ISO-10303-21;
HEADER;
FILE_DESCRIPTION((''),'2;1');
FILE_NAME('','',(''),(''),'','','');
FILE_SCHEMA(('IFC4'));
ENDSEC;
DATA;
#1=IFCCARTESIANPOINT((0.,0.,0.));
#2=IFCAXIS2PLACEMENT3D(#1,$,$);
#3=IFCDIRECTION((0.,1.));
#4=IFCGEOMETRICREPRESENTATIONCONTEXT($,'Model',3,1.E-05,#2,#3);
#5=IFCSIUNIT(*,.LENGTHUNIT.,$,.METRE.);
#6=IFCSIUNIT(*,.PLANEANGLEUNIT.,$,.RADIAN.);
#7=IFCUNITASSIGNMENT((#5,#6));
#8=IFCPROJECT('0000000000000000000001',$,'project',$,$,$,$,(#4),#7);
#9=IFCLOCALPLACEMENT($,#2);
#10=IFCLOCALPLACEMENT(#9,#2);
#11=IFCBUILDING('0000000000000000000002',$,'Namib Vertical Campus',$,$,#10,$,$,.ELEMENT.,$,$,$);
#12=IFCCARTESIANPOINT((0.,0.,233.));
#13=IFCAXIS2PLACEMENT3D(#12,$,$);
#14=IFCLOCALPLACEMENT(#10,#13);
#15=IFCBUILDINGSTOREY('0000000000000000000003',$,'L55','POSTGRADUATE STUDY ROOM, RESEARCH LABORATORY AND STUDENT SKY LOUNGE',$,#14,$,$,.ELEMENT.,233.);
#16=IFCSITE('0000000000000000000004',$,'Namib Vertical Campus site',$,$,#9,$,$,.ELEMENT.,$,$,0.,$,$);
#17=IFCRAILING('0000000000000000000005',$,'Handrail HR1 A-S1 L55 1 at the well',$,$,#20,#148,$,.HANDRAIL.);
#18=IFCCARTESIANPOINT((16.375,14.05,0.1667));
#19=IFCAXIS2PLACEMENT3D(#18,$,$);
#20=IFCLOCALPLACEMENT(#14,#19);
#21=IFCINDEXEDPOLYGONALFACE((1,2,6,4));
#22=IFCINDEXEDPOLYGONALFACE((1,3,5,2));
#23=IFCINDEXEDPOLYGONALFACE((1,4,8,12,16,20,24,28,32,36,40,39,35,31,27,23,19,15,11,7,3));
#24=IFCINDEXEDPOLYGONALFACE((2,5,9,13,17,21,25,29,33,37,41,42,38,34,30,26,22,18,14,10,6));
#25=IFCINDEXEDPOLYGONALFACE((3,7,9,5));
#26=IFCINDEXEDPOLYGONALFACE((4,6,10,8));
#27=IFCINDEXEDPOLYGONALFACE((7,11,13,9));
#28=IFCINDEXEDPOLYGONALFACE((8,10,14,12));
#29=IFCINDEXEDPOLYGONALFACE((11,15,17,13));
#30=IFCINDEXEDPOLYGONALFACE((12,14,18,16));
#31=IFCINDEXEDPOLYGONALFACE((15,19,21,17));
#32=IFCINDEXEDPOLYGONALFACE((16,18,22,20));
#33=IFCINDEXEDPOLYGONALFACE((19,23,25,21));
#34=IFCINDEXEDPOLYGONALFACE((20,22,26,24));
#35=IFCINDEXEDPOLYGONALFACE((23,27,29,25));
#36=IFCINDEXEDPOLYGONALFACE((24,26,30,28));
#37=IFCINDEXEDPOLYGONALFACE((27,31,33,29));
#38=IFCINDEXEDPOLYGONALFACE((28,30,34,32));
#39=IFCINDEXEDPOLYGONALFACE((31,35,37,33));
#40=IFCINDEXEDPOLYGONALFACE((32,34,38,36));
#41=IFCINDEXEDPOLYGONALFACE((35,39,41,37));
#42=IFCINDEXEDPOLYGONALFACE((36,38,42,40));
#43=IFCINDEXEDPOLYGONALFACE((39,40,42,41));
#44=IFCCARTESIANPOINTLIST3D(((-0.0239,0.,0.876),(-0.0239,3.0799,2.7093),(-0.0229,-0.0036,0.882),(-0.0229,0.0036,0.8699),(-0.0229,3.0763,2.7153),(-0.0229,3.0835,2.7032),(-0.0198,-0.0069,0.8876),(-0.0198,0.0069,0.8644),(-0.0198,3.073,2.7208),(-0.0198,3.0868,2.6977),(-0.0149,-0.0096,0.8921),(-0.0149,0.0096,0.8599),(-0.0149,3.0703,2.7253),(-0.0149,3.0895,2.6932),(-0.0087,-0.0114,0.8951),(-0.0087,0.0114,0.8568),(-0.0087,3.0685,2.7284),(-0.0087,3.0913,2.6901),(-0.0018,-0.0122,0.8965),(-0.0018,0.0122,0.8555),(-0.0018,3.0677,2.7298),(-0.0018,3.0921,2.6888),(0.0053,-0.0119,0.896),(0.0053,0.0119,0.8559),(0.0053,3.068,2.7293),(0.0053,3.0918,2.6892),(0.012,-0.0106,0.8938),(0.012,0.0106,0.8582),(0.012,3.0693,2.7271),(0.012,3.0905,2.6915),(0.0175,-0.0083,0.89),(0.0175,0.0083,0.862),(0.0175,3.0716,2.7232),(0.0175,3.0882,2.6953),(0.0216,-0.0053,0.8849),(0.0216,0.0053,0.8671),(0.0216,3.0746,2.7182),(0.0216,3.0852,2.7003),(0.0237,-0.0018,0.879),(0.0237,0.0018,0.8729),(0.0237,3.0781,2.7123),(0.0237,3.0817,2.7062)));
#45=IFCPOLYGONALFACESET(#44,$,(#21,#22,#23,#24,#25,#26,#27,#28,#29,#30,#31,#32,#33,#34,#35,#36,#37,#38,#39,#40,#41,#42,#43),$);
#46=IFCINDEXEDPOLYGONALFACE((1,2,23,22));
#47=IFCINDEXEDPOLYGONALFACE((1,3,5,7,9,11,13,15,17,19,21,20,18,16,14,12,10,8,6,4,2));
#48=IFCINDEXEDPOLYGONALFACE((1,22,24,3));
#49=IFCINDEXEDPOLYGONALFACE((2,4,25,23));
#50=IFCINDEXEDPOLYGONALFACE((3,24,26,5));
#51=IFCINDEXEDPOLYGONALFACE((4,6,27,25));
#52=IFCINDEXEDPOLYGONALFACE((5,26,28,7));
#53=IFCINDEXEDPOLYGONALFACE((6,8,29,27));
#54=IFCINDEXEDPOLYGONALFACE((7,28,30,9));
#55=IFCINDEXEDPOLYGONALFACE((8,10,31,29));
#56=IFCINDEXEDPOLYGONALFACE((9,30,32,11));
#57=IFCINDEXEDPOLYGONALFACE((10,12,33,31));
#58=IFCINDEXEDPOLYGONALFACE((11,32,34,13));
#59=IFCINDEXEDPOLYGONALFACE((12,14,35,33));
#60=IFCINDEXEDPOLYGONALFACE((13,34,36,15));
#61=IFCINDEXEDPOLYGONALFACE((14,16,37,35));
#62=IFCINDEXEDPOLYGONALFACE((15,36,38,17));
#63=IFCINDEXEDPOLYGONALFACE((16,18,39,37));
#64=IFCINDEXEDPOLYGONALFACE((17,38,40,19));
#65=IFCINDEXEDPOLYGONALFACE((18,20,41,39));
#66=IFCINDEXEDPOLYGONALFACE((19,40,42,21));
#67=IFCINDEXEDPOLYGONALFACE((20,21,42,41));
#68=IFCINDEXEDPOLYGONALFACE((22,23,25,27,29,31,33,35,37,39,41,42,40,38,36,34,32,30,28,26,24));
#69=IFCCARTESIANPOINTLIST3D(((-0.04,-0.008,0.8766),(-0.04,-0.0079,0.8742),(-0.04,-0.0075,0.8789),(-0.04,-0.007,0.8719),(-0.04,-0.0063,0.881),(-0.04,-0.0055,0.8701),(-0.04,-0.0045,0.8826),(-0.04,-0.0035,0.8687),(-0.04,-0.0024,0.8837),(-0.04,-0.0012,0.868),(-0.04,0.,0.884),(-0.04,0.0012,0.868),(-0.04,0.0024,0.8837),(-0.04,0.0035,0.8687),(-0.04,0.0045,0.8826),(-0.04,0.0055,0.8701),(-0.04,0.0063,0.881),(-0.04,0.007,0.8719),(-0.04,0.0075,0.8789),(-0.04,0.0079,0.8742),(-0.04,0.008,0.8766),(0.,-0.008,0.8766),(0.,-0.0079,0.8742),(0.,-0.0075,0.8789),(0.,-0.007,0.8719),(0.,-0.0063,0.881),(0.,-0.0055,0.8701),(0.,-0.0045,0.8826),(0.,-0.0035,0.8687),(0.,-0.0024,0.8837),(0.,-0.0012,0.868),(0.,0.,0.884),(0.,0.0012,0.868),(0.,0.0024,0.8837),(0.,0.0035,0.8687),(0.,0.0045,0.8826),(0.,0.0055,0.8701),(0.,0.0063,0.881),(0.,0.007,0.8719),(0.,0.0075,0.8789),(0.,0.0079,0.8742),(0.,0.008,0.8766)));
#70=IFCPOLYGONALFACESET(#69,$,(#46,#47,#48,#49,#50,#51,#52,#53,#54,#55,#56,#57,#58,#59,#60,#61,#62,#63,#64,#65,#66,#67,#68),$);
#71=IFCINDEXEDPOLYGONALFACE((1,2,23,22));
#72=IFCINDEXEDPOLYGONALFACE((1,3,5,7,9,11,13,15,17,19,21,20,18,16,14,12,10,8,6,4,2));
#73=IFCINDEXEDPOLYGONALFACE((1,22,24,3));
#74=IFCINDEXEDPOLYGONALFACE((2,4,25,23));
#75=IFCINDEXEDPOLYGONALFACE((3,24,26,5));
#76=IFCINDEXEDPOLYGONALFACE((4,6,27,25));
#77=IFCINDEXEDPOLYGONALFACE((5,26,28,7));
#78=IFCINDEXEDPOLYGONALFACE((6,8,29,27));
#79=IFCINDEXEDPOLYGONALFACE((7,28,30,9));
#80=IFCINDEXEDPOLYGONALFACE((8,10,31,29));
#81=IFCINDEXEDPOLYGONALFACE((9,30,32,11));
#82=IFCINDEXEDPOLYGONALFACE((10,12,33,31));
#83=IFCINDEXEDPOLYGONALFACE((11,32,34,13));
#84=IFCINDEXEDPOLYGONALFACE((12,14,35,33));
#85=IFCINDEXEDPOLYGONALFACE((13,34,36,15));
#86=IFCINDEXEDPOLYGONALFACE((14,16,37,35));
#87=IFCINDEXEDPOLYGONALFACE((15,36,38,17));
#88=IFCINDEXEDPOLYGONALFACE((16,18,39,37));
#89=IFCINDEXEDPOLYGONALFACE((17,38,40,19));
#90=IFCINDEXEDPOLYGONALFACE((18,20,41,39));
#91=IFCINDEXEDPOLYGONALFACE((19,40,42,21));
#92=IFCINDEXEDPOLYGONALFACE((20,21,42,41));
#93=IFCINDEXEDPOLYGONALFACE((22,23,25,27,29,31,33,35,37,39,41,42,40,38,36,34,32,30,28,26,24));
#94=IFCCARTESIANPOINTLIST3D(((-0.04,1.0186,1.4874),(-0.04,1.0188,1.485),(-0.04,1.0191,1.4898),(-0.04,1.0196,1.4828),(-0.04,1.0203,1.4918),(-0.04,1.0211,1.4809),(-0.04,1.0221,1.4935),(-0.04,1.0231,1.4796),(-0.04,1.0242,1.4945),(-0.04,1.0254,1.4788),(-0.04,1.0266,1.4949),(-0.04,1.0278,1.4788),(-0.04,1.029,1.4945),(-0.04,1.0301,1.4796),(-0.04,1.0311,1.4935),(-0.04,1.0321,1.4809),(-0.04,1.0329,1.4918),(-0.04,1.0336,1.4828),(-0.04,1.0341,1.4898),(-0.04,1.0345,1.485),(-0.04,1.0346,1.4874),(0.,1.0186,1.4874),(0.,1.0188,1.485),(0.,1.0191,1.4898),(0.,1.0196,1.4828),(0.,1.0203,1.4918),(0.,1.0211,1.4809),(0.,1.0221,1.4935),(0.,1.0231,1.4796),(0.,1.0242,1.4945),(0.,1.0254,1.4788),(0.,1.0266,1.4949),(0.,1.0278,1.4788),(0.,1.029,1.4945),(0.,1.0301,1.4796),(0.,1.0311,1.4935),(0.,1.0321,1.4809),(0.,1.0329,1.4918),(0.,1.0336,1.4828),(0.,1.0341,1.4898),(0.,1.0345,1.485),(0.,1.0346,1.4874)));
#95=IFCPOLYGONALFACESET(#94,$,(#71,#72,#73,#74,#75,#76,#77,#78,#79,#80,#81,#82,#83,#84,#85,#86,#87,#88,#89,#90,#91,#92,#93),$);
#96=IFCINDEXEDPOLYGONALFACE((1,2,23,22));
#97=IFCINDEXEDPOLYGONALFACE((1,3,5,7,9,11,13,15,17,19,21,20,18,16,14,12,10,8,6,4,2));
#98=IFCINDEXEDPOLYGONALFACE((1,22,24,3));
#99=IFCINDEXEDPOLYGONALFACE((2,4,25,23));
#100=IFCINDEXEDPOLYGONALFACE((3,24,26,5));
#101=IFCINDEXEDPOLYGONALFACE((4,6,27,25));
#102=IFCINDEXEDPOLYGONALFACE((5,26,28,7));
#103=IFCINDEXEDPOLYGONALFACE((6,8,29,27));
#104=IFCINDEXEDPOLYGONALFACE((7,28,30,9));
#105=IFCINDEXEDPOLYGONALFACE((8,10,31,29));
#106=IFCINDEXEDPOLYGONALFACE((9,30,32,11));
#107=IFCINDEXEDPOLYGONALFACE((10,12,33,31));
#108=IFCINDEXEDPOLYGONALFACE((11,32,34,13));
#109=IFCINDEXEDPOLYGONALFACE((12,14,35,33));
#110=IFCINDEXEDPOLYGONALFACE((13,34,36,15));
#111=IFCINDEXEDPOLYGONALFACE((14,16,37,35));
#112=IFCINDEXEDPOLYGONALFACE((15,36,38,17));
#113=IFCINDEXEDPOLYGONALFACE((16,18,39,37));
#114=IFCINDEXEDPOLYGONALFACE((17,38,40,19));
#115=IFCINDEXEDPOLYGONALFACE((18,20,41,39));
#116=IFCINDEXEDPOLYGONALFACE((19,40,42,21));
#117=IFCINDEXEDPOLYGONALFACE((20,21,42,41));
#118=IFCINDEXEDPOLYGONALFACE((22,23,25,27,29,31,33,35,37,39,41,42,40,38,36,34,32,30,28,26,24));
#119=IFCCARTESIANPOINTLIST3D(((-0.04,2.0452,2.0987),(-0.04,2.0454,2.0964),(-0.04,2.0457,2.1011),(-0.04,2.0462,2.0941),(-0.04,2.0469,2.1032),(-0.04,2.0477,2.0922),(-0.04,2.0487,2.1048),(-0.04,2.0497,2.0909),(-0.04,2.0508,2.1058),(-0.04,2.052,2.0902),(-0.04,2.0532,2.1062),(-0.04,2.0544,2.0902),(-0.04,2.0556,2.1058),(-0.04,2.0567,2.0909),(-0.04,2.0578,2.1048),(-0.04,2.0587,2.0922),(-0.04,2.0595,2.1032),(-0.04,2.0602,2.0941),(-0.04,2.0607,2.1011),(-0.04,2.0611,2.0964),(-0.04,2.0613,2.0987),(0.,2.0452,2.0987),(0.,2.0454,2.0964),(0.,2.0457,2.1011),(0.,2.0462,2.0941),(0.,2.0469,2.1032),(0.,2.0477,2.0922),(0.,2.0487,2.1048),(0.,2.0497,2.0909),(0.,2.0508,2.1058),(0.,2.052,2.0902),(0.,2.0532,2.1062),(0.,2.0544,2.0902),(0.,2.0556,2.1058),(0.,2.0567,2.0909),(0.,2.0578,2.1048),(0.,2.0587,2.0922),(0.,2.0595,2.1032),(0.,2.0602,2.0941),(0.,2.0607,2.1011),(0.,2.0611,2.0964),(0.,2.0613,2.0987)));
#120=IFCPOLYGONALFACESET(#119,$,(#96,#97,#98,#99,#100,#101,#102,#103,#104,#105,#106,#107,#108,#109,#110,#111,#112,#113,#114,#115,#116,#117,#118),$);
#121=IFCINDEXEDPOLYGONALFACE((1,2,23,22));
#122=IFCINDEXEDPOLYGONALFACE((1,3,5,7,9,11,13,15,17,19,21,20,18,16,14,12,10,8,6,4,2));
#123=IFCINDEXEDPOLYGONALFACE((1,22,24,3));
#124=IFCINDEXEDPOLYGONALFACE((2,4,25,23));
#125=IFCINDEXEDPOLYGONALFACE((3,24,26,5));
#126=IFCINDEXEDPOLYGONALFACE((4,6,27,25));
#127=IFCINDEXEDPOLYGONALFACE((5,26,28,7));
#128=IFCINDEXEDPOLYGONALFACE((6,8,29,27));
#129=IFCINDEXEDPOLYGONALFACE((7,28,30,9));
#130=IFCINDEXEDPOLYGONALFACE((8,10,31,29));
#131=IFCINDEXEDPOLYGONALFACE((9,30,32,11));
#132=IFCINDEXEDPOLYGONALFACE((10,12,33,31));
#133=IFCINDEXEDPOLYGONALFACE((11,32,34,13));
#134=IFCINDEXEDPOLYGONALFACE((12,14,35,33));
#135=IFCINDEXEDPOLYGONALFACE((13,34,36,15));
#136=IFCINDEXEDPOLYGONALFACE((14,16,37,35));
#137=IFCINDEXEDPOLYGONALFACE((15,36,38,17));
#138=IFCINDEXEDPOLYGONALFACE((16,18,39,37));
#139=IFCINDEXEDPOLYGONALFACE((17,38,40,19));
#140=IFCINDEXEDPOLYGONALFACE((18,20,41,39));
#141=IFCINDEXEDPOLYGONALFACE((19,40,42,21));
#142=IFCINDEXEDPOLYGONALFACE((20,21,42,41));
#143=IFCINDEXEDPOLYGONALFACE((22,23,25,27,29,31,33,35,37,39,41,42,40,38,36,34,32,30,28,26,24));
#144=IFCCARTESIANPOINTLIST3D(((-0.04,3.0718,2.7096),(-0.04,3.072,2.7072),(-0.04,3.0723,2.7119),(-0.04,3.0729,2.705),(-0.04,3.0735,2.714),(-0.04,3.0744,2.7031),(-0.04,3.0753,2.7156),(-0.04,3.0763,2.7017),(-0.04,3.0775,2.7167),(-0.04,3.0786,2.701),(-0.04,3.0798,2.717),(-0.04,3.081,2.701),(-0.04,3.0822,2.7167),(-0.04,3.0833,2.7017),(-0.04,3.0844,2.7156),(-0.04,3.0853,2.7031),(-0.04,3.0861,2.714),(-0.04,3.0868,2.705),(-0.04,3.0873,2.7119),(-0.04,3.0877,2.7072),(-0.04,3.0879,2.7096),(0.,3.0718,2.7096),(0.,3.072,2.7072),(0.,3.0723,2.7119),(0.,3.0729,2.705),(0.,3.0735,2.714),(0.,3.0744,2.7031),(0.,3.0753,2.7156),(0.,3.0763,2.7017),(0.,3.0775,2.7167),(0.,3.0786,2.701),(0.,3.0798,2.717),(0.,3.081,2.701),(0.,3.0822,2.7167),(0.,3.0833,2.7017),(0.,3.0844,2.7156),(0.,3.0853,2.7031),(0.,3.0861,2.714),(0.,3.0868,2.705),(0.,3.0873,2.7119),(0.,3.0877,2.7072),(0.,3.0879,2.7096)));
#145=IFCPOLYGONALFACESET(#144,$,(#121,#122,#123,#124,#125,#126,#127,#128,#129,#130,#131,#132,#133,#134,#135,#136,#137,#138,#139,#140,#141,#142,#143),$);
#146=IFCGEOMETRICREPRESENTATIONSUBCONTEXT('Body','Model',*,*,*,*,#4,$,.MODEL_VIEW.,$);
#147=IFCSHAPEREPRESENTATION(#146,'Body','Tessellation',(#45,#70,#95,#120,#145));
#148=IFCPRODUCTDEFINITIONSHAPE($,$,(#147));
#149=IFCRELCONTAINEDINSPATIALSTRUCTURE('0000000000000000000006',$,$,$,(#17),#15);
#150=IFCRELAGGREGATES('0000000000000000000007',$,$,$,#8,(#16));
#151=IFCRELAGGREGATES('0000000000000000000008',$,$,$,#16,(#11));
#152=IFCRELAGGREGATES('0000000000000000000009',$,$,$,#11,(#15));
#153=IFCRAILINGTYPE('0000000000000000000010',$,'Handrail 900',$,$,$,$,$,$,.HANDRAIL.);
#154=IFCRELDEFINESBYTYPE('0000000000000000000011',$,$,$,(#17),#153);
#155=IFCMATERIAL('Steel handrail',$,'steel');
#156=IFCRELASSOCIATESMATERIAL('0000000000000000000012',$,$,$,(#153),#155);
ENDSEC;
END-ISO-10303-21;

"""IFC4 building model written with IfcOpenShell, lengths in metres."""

from ifc_helpers import new_model, si_unit, direction, frame, origin, origin_2d, place, context, subcontext, project, spatial, circle, extrude, material, type_object, element, save


model = new_model("IFC4")

# Units and contexts
model_context = context("Model", 3, precision=1e-05, world=origin(), true_north=direction((0.0, 1.0)))
body_context = subcontext(model_context, "Body", "Model", "MODEL_VIEW")
ifc_project = project(units=[si_unit("LENGTHUNIT", "METRE"), si_unit("PLANEANGLEUNIT", "RADIAN")], contexts=[model_context])

# Site, building, storey
site_placement = place(None, origin())
site = spatial("IfcSite", under=ifc_project, at=site_placement, Name="Namib Vertical Campus site", CompositionType="ELEMENT", RefElevation=0.0)
building_placement = place(site_placement, origin())
building = spatial("IfcBuilding", under=site, at=building_placement, Name="Namib Vertical Campus", CompositionType="ELEMENT")
storey_placement = place(building_placement, frame((0.0, 0.0, 233.0)))
storey = spatial("IfcBuildingStorey", under=building, at=storey_placement, Name="L55", Description="POSTGRADUATE STUDY ROOM, RESEARCH LABORATORY AND STUDENT SKY LOUNGE", CompositionType="ELEMENT", Elevation=233.0)

# Railing
ifc_material_1 = material(Name="Steel handrail", Category="steel")
railing_type_1 = type_object("IfcRailingType", Name="Handrail 900", PredefinedType="HANDRAIL", material=ifc_material_1)
railing_1_placement = place(storey_placement, frame((16.375, 14.05, 0.1667)))
element("IfcRailing", 1, at=railing_1_placement, inside=storey, type_object=railing_type_1, Name="Handrail HR1 A-S1 L55 1 at the well", PredefinedType="HANDRAIL", context=body_context, shape_type="SweptSolid", body=[
    extrude(circle(Radius=0.0239, at=origin_2d()), frame((0.0, 0.0, 0.876), z_axis=(0.0, 0.859291, 0.511487), x_axis=(-1.0, 0.0, 0.0)), (0.0, 0.0, 1.0), 3.5842),
    extrude(circle(Radius=0.0081, at=origin_2d()), frame((0.0, 0.0, 0.876), z_axis=(-1.0, 0.0, 0.0), x_axis=(0.0, 0.0, 1.0)), (0.0, 0.0, 1.0), 0.04),
    extrude(circle(Radius=0.0081, at=origin_2d()), frame((0.0, 1.0266, 1.4868), z_axis=(-1.0, 0.0, 0.0), x_axis=(0.0, 0.0, 1.0)), (0.0, 0.0, 1.0), 0.04),
    extrude(circle(Radius=0.0081, at=origin_2d()), frame((0.0, 2.0532, 2.0981), z_axis=(-1.0, 0.0, 0.0), x_axis=(0.0, 0.0, 1.0)), (0.0, 0.0, 1.0), 0.04),
    extrude(circle(Radius=0.0081, at=origin_2d()), frame((0.0, 3.0798, 2.709), z_axis=(-1.0, 0.0, 0.0), x_axis=(0.0, 0.0, 1.0)), (0.0, 0.0, 1.0), 0.04),
])

save(model, "model.ifc")
